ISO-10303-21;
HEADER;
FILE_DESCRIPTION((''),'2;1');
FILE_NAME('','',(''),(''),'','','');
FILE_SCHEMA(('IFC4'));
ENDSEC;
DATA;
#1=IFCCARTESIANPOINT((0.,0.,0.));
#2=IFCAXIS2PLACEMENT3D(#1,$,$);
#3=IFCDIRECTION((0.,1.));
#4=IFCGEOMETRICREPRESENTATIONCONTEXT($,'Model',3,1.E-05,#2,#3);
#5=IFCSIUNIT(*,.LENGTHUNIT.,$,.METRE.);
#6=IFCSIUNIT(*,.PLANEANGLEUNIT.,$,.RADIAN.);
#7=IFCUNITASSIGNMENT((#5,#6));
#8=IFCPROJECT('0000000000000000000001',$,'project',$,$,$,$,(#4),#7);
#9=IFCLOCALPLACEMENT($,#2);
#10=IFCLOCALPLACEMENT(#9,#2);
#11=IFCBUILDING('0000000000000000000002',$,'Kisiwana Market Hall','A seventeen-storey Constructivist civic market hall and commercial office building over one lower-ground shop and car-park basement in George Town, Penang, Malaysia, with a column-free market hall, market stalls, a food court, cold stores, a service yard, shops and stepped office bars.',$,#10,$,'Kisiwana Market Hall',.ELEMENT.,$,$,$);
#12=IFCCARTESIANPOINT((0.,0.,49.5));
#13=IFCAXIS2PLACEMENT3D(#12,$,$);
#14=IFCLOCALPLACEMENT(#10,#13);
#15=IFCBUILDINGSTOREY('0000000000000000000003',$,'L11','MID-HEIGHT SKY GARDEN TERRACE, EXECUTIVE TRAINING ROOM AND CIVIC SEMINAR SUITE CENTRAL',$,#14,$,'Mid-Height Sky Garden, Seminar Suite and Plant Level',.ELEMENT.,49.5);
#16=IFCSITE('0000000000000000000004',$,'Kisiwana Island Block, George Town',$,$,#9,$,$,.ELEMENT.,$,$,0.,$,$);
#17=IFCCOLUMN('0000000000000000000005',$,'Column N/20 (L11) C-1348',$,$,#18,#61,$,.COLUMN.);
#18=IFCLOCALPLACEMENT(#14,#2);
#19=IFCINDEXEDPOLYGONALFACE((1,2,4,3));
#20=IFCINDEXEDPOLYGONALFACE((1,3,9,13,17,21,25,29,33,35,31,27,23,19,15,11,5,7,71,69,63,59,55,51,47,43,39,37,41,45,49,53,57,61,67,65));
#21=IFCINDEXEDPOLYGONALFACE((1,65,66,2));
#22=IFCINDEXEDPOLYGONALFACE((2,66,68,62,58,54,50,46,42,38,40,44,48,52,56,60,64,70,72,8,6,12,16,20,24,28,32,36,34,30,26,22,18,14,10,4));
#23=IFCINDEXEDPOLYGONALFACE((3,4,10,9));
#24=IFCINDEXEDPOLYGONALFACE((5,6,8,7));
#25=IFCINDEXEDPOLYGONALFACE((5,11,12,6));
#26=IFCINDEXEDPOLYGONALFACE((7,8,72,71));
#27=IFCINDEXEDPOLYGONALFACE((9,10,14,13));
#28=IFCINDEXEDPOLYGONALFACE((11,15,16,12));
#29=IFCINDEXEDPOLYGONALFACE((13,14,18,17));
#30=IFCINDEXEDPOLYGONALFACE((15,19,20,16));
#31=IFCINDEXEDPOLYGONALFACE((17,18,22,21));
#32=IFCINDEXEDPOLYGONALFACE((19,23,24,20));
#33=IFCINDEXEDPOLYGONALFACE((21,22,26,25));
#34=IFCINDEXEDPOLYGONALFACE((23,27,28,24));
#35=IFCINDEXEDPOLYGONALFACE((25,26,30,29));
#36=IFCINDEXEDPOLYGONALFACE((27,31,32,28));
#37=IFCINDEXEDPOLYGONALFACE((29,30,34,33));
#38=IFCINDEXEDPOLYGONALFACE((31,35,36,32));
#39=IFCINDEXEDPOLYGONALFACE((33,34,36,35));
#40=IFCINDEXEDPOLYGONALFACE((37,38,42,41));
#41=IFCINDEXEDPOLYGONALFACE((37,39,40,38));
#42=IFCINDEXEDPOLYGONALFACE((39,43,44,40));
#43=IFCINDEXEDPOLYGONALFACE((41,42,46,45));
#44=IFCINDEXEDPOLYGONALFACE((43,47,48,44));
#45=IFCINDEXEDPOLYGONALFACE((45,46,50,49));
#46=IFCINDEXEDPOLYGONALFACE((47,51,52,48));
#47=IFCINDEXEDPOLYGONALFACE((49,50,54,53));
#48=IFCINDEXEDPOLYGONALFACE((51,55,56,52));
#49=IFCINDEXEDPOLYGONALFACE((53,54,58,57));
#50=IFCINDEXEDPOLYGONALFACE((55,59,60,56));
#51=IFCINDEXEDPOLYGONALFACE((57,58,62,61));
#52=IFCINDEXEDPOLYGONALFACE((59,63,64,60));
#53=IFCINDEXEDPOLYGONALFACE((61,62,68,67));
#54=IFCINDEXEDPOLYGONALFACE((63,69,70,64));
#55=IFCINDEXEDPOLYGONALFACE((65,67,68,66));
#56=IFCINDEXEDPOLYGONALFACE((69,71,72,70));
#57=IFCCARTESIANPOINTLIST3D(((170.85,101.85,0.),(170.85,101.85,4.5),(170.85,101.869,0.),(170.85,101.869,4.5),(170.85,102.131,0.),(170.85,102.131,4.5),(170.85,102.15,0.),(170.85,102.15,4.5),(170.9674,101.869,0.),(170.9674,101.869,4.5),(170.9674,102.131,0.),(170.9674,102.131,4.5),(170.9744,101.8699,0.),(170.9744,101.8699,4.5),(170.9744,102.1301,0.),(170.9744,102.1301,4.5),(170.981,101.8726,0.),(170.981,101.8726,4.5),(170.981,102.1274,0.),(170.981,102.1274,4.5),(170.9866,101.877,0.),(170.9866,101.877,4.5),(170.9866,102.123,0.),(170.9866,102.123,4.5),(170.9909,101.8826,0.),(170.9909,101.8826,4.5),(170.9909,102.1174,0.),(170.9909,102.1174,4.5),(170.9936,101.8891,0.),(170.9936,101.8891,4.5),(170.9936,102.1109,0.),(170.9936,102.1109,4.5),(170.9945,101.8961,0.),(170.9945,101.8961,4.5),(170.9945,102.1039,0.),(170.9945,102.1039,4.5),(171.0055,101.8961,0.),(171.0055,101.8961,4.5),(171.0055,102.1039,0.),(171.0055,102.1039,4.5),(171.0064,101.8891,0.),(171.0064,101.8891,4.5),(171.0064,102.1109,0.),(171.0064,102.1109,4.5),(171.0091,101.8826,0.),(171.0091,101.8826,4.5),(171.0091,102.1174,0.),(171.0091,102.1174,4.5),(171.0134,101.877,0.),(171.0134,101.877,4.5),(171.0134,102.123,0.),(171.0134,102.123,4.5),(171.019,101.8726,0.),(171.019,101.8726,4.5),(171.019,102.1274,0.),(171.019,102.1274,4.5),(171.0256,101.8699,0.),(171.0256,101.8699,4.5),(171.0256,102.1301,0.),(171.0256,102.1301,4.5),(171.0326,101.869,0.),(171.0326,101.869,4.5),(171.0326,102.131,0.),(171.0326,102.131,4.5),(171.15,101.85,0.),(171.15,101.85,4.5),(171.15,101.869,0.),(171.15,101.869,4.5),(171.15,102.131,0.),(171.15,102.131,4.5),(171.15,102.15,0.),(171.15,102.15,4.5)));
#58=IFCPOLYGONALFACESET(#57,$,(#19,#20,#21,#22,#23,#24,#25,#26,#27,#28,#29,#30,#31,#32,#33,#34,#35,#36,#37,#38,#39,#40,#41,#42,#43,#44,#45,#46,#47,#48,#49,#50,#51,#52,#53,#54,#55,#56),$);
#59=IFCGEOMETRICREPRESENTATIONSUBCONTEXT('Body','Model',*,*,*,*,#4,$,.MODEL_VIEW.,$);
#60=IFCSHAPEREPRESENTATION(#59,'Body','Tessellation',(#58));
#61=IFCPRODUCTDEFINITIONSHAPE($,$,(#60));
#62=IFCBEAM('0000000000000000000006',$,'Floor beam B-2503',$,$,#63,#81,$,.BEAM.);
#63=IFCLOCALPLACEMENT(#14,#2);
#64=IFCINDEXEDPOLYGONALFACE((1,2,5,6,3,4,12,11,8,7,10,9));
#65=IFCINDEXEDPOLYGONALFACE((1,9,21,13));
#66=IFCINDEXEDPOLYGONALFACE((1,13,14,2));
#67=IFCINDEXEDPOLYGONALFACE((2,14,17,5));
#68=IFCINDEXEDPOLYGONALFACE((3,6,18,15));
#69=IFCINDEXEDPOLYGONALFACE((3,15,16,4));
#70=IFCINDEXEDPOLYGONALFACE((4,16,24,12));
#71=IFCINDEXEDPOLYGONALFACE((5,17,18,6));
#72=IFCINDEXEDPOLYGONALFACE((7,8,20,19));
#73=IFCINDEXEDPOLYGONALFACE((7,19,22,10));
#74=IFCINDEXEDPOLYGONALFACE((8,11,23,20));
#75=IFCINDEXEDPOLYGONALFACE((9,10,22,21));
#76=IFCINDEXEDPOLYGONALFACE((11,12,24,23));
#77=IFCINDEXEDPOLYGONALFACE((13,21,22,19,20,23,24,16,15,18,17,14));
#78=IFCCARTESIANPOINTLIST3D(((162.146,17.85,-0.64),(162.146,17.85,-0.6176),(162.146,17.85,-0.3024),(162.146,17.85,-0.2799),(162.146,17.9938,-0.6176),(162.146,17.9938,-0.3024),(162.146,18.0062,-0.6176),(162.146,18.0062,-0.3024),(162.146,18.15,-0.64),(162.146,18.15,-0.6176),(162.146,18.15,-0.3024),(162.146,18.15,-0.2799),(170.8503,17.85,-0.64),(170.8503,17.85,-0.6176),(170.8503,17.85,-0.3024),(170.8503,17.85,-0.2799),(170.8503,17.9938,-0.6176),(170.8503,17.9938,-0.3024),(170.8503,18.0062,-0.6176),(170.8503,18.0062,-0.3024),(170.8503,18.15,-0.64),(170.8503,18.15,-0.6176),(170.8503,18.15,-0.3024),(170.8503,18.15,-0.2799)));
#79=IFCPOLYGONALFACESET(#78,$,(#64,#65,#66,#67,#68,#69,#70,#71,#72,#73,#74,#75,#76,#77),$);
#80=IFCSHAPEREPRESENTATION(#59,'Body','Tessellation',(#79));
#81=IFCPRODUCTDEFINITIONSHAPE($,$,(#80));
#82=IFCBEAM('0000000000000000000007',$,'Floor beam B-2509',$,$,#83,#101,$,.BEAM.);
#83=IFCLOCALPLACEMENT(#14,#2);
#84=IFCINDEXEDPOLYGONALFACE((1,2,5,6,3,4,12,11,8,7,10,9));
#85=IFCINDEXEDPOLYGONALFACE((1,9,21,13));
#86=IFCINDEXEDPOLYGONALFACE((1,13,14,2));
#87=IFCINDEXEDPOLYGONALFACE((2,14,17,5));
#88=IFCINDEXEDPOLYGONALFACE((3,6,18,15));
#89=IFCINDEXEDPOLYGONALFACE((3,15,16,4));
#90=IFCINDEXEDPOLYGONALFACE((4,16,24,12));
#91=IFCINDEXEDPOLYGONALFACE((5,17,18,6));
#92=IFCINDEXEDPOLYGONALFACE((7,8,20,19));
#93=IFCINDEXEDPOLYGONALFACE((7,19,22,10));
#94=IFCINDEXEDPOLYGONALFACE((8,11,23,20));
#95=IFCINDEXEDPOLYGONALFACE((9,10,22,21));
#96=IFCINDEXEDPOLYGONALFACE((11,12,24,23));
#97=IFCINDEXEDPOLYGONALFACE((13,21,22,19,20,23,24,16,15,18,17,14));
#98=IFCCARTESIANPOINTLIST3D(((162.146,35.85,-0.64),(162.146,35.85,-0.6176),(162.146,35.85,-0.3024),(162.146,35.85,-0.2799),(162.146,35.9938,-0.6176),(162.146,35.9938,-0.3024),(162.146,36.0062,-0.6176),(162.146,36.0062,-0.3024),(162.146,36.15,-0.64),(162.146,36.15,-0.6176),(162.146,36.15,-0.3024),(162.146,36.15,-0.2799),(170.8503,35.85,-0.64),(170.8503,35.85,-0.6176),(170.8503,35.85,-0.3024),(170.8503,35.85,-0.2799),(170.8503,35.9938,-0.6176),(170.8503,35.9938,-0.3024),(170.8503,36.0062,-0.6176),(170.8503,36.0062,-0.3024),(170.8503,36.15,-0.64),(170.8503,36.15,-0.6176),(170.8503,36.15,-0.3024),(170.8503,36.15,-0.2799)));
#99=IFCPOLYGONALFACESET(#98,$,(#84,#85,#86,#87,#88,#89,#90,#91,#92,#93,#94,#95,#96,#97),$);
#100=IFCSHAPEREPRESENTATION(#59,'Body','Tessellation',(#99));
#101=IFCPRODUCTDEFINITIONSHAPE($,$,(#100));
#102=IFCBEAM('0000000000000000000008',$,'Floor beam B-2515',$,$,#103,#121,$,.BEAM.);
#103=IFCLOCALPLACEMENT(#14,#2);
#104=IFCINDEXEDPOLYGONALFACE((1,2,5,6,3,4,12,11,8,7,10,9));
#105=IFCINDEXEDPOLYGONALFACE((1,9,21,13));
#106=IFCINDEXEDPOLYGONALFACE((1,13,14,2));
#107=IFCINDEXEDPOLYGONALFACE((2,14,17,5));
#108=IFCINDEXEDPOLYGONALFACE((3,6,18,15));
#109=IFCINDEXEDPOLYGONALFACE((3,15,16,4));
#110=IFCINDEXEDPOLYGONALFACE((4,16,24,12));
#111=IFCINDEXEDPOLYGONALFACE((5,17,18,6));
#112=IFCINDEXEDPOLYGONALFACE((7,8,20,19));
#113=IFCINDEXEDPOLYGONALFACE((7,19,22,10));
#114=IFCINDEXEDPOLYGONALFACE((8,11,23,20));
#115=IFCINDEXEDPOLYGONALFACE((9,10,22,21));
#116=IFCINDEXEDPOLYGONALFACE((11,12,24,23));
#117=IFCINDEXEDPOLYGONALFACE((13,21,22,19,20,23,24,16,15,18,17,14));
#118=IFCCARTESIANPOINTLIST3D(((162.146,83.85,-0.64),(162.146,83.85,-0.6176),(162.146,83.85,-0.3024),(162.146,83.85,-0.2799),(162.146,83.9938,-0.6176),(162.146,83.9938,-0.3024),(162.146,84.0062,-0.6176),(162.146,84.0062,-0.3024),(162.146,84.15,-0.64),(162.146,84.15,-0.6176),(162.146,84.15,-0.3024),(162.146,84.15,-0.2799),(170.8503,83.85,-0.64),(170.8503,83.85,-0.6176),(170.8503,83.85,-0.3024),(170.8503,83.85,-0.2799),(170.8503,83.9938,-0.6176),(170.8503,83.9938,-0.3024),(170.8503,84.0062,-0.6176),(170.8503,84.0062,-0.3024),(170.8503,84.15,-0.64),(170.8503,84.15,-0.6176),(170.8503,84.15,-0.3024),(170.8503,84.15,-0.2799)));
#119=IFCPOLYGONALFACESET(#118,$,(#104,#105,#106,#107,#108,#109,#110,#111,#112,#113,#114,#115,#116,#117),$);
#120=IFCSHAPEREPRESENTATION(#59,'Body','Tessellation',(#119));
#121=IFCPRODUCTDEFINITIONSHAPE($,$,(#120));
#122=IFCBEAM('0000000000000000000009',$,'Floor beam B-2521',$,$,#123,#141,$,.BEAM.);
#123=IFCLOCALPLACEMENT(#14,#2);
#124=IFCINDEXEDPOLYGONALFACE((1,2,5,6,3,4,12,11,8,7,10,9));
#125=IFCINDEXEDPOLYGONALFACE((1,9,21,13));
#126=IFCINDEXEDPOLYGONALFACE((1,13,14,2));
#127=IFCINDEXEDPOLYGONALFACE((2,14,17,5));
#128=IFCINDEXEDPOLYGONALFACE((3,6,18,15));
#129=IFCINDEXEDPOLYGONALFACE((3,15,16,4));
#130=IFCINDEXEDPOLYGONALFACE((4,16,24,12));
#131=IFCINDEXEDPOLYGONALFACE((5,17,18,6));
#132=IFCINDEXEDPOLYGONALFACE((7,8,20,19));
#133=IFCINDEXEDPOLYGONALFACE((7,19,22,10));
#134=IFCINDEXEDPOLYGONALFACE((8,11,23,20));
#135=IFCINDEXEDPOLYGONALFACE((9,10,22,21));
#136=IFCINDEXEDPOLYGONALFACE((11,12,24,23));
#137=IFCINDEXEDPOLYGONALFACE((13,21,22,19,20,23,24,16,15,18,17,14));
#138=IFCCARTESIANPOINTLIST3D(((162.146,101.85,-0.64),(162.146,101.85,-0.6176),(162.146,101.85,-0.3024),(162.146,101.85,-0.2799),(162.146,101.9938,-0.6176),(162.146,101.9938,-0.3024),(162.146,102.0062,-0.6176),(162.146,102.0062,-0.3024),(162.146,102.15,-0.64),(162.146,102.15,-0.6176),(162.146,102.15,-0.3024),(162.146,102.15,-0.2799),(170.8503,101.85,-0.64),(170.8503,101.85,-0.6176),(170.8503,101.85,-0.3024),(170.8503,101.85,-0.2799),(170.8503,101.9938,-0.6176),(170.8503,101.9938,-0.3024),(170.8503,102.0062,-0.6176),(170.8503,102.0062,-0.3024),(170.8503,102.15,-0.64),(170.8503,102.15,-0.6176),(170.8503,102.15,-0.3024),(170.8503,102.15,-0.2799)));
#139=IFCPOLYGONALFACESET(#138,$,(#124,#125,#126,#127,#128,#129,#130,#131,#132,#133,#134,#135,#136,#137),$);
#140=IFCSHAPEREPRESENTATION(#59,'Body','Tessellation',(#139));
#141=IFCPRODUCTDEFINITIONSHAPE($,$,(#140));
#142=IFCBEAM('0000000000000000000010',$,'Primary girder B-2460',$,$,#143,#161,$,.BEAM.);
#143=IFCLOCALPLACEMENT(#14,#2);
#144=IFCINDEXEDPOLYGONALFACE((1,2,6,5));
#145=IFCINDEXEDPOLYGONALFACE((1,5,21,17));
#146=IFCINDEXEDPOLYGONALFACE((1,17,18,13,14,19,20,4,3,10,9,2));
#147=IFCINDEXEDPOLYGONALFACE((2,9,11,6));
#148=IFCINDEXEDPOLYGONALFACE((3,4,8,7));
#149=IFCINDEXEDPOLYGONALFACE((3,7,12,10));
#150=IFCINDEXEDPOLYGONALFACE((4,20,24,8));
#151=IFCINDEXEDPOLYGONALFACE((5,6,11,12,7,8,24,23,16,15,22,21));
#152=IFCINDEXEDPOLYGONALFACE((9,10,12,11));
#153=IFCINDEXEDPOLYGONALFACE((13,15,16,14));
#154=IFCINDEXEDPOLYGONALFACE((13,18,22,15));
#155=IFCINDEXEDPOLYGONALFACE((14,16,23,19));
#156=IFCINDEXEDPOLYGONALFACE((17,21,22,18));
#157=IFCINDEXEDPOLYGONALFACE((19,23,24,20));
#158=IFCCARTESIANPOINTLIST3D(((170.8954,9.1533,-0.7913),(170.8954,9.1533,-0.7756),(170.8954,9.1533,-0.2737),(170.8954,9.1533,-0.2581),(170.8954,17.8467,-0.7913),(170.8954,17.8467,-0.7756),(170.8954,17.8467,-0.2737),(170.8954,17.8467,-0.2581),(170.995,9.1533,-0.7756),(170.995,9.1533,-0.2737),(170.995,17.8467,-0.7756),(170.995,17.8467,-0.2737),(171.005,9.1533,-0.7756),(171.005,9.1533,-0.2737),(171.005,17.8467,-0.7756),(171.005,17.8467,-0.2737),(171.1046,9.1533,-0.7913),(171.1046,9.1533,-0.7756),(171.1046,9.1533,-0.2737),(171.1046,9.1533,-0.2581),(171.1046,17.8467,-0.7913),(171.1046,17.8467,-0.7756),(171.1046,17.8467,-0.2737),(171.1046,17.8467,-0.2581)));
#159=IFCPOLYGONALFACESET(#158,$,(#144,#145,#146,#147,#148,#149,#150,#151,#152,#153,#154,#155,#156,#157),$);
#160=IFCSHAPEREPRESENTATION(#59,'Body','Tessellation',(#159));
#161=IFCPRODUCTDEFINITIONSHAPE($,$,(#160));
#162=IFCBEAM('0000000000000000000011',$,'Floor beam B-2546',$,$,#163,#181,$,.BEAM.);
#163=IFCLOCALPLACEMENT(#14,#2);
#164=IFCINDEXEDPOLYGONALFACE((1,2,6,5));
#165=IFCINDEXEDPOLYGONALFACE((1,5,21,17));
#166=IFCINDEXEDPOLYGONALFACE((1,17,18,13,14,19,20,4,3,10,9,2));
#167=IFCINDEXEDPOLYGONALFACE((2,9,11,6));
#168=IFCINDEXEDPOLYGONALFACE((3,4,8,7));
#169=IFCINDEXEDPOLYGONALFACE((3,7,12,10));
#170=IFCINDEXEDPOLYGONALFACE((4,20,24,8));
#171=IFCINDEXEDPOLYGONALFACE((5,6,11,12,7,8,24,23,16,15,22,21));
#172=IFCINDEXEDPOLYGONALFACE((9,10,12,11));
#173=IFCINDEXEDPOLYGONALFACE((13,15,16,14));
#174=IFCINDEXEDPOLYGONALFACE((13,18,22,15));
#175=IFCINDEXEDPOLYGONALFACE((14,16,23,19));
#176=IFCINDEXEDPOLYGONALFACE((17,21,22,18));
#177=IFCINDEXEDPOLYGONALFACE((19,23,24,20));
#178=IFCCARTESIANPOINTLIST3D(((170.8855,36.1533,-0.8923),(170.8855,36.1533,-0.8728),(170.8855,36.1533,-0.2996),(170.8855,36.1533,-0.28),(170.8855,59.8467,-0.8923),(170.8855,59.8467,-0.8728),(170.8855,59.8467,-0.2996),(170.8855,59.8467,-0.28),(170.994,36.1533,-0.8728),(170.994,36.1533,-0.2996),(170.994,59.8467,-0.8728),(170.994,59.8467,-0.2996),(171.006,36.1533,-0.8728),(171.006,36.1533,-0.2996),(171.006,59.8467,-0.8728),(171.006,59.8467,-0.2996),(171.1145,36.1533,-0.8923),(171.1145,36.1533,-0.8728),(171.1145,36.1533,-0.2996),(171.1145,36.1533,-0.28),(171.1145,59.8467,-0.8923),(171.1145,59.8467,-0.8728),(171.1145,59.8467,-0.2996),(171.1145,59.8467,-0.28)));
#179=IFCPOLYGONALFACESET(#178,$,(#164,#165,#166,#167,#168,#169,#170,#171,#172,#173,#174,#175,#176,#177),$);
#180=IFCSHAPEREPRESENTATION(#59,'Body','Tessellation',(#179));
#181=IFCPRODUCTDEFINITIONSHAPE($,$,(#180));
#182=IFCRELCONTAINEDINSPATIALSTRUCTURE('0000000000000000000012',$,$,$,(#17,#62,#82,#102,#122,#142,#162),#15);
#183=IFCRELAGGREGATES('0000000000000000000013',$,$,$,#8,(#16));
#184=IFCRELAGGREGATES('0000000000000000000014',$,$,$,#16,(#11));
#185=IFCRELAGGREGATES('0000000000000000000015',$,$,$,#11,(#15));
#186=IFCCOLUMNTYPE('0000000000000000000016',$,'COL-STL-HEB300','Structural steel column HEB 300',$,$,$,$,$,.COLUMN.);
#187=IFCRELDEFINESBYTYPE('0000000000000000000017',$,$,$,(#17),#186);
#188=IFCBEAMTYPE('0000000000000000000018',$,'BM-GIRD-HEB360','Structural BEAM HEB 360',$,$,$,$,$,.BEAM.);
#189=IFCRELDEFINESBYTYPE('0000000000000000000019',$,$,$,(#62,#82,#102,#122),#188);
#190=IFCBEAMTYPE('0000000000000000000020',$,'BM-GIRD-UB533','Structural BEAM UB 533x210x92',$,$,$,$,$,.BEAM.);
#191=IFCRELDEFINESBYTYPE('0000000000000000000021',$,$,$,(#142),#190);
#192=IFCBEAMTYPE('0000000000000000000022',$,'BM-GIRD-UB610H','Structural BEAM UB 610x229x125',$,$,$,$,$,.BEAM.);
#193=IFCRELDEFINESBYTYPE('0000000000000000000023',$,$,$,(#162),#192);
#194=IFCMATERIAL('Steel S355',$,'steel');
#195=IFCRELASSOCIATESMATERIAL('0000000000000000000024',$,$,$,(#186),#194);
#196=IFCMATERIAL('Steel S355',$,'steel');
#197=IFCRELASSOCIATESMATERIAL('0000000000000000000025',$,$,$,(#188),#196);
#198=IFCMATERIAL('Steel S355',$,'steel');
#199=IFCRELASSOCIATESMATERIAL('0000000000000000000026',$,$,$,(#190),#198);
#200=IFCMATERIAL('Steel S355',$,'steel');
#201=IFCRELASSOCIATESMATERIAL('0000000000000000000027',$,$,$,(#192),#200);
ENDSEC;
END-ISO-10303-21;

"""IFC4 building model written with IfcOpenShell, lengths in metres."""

from ifc_helpers import new_model, si_unit, direction, frame, origin, origin_2d, place, context, subcontext, project, spatial, i_section, extrude, material, material_profile, profile_set, type_object, element, save


model = new_model("IFC4")

# Units and contexts
model_context = context("Model", 3, precision=1e-05, world=origin(), true_north=direction((0.0, 1.0)))
body_context = subcontext(model_context, "Body", "Model", "MODEL_VIEW")
ifc_project = project(units=[si_unit("LENGTHUNIT", "METRE"), si_unit("PLANEANGLEUNIT", "RADIAN")], contexts=[model_context])

# Site, building, storey
site_placement = place(None, origin())
site = spatial("IfcSite", under=ifc_project, at=site_placement, Name="Kisiwana Island Block, George Town", CompositionType="ELEMENT", RefElevation=0.0)
building_placement = place(site_placement, origin())
building = spatial("IfcBuilding", under=site, at=building_placement, Name="Kisiwana Market Hall", Description="A seventeen-storey Constructivist civic market hall and commercial office building over one lower-ground shop and car-park basement in George Town, Penang, Malaysia, with a column-free market hall, market stalls, a food court, cold stores, a service yard, shops and stepped office bars.", LongName="Kisiwana Market Hall", CompositionType="ELEMENT")
storey_placement = place(building_placement, frame((0.0, 0.0, 49.5)))
storey = spatial("IfcBuildingStorey", under=building, at=storey_placement, Name="L11", Description="MID-HEIGHT SKY GARDEN TERRACE, EXECUTIVE TRAINING ROOM AND CIVIC SEMINAR SUITE CENTRAL", LongName="Mid-Height Sky Garden, Seminar Suite and Plant Level", CompositionType="ELEMENT", Elevation=49.5)

# Column
ifc_material_1 = material(Name="Steel S355", Category="steel")
ifc_material_profile_1 = material_profile(ifc_material_1, i_section(OverallWidth=0.3, OverallDepth=0.3, WebThickness=0.011, FlangeThickness=0.019, FilletRadius=0.0271, at=origin_2d()), Name="HEB 300")
ifc_profile_set_1 = profile_set([ifc_material_profile_1], Name="Steel S355")
column_type = type_object("IfcColumnType", Name="COL-STL-HEB300", Description="Structural steel column HEB 300", PredefinedType="COLUMN", material=ifc_profile_set_1)
for number, where, z_axis, x_axis, name in (
    (1, (171.0, 102.0, 0.0), (0.0, 0.0, 1.0), (1.0, 0.0, 0.0), "Column N/20 (L11) C-1348"),
):
    element("IfcColumn", number, at=place(storey_placement, frame(where, z_axis=z_axis, x_axis=x_axis)), inside=storey, type_object=column_type, Name=name, PredefinedType="COLUMN", context=body_context, shape_type="SweptSolid", body=[
        extrude(i_section(OverallWidth=0.3, OverallDepth=0.3, WebThickness=0.011, FlangeThickness=0.019, FilletRadius=0.0271, at=origin_2d()), origin(), (0.0, 0.0, 1.0), 4.5),
    ])

# Beams
ifc_material_2 = material(Name="Steel S355", Category="steel")
ifc_material_profile_2 = material_profile(ifc_material_2, i_section(OverallWidth=0.3, OverallDepth=0.3601, WebThickness=0.0125, FlangeThickness=0.0225, at=origin_2d()), Name="HEB 360")
ifc_profile_set_2 = profile_set([ifc_material_profile_2], Name="Steel S355")
beam_type_1 = type_object("IfcBeamType", Name="BM-GIRD-HEB360", Description="Structural BEAM HEB 360", PredefinedType="BEAM", material=ifc_profile_set_2)
for number, where, z_axis, x_axis, name in (
    (2, (162.146, 18.0, -0.46), (1.0, 0.0, 0.0), (0.0, 1.0, 0.0), "Floor beam B-2503"),
    (3, (162.146, 36.0, -0.46), (1.0, 0.0, 0.0), (0.0, 1.0, 0.0), "Floor beam B-2509"),
    (4, (162.146, 84.0, -0.46), (1.0, 0.0, 0.0), (0.0, 1.0, 0.0), "Floor beam B-2515"),
    (5, (162.146, 102.0, -0.46), (1.0, 0.0, 0.0), (0.0, 1.0, 0.0), "Floor beam B-2521"),
):
    element("IfcBeam", number, at=place(storey_placement, frame(where, z_axis=z_axis, x_axis=x_axis)), inside=storey, type_object=beam_type_1, Name=name, PredefinedType="BEAM", context=body_context, shape_type="SweptSolid", body=[
        extrude(i_section(OverallWidth=0.3, OverallDepth=0.3601, WebThickness=0.0125, FlangeThickness=0.0225, at=origin_2d()), origin(), (0.0, 0.0, 1.0), 8.7043),
    ])
ifc_material_3 = material(Name="Steel S355", Category="steel")
ifc_material_profile_3 = material_profile(ifc_material_3, i_section(OverallWidth=0.2092, OverallDepth=0.5332, WebThickness=0.01, FlangeThickness=0.0156, at=origin_2d()), Name="UB 533x210x92")
ifc_profile_set_3 = profile_set([ifc_material_profile_3], Name="Steel S355")
beam_type_2 = type_object("IfcBeamType", Name="BM-GIRD-UB533", Description="Structural BEAM UB 533x210x92", PredefinedType="BEAM", material=ifc_profile_set_3)
beam_placement = place(storey_placement, frame((171.0, 9.1533, -0.5247), z_axis=(0.0, 1.0, 0.0), x_axis=(-1.0, 0.0, 0.0)))
element("IfcBeam", 6, at=beam_placement, inside=storey, type_object=beam_type_2, Name="Primary girder B-2460", PredefinedType="BEAM", context=body_context, shape_type="SweptSolid", body=[
    extrude(i_section(OverallWidth=0.2092, OverallDepth=0.5332, WebThickness=0.01, FlangeThickness=0.0156, at=origin_2d()), origin(), (0.0, 0.0, 1.0), 8.6934),
])
ifc_material_4 = material(Name="Steel S355", Category="steel")
ifc_material_profile_4 = material_profile(ifc_material_4, i_section(OverallWidth=0.229, OverallDepth=0.6123, WebThickness=0.012, FlangeThickness=0.0195, at=origin_2d()), Name="UB 610x229x125")
ifc_profile_set_4 = profile_set([ifc_material_profile_4], Name="Steel S355")
beam_type_3 = type_object("IfcBeamType", Name="BM-GIRD-UB610H", Description="Structural BEAM UB 610x229x125", PredefinedType="BEAM", material=ifc_profile_set_4)
for number, where, z_axis, x_axis, name in (
    (7, (171.0, 36.1533, -0.5862), (0.0, 1.0, 0.0), (-1.0, 0.0, 0.0), "Floor beam B-2546"),
):
    element("IfcBeam", number, at=place(storey_placement, frame(where, z_axis=z_axis, x_axis=x_axis)), inside=storey, type_object=beam_type_3, Name=name, PredefinedType="BEAM", context=body_context, shape_type="SweptSolid", body=[
        extrude(i_section(OverallWidth=0.229, OverallDepth=0.6123, WebThickness=0.012, FlangeThickness=0.0195, at=origin_2d()), origin(), (0.0, 0.0, 1.0), 23.6934),
    ])

save(model, "model.ifc")
